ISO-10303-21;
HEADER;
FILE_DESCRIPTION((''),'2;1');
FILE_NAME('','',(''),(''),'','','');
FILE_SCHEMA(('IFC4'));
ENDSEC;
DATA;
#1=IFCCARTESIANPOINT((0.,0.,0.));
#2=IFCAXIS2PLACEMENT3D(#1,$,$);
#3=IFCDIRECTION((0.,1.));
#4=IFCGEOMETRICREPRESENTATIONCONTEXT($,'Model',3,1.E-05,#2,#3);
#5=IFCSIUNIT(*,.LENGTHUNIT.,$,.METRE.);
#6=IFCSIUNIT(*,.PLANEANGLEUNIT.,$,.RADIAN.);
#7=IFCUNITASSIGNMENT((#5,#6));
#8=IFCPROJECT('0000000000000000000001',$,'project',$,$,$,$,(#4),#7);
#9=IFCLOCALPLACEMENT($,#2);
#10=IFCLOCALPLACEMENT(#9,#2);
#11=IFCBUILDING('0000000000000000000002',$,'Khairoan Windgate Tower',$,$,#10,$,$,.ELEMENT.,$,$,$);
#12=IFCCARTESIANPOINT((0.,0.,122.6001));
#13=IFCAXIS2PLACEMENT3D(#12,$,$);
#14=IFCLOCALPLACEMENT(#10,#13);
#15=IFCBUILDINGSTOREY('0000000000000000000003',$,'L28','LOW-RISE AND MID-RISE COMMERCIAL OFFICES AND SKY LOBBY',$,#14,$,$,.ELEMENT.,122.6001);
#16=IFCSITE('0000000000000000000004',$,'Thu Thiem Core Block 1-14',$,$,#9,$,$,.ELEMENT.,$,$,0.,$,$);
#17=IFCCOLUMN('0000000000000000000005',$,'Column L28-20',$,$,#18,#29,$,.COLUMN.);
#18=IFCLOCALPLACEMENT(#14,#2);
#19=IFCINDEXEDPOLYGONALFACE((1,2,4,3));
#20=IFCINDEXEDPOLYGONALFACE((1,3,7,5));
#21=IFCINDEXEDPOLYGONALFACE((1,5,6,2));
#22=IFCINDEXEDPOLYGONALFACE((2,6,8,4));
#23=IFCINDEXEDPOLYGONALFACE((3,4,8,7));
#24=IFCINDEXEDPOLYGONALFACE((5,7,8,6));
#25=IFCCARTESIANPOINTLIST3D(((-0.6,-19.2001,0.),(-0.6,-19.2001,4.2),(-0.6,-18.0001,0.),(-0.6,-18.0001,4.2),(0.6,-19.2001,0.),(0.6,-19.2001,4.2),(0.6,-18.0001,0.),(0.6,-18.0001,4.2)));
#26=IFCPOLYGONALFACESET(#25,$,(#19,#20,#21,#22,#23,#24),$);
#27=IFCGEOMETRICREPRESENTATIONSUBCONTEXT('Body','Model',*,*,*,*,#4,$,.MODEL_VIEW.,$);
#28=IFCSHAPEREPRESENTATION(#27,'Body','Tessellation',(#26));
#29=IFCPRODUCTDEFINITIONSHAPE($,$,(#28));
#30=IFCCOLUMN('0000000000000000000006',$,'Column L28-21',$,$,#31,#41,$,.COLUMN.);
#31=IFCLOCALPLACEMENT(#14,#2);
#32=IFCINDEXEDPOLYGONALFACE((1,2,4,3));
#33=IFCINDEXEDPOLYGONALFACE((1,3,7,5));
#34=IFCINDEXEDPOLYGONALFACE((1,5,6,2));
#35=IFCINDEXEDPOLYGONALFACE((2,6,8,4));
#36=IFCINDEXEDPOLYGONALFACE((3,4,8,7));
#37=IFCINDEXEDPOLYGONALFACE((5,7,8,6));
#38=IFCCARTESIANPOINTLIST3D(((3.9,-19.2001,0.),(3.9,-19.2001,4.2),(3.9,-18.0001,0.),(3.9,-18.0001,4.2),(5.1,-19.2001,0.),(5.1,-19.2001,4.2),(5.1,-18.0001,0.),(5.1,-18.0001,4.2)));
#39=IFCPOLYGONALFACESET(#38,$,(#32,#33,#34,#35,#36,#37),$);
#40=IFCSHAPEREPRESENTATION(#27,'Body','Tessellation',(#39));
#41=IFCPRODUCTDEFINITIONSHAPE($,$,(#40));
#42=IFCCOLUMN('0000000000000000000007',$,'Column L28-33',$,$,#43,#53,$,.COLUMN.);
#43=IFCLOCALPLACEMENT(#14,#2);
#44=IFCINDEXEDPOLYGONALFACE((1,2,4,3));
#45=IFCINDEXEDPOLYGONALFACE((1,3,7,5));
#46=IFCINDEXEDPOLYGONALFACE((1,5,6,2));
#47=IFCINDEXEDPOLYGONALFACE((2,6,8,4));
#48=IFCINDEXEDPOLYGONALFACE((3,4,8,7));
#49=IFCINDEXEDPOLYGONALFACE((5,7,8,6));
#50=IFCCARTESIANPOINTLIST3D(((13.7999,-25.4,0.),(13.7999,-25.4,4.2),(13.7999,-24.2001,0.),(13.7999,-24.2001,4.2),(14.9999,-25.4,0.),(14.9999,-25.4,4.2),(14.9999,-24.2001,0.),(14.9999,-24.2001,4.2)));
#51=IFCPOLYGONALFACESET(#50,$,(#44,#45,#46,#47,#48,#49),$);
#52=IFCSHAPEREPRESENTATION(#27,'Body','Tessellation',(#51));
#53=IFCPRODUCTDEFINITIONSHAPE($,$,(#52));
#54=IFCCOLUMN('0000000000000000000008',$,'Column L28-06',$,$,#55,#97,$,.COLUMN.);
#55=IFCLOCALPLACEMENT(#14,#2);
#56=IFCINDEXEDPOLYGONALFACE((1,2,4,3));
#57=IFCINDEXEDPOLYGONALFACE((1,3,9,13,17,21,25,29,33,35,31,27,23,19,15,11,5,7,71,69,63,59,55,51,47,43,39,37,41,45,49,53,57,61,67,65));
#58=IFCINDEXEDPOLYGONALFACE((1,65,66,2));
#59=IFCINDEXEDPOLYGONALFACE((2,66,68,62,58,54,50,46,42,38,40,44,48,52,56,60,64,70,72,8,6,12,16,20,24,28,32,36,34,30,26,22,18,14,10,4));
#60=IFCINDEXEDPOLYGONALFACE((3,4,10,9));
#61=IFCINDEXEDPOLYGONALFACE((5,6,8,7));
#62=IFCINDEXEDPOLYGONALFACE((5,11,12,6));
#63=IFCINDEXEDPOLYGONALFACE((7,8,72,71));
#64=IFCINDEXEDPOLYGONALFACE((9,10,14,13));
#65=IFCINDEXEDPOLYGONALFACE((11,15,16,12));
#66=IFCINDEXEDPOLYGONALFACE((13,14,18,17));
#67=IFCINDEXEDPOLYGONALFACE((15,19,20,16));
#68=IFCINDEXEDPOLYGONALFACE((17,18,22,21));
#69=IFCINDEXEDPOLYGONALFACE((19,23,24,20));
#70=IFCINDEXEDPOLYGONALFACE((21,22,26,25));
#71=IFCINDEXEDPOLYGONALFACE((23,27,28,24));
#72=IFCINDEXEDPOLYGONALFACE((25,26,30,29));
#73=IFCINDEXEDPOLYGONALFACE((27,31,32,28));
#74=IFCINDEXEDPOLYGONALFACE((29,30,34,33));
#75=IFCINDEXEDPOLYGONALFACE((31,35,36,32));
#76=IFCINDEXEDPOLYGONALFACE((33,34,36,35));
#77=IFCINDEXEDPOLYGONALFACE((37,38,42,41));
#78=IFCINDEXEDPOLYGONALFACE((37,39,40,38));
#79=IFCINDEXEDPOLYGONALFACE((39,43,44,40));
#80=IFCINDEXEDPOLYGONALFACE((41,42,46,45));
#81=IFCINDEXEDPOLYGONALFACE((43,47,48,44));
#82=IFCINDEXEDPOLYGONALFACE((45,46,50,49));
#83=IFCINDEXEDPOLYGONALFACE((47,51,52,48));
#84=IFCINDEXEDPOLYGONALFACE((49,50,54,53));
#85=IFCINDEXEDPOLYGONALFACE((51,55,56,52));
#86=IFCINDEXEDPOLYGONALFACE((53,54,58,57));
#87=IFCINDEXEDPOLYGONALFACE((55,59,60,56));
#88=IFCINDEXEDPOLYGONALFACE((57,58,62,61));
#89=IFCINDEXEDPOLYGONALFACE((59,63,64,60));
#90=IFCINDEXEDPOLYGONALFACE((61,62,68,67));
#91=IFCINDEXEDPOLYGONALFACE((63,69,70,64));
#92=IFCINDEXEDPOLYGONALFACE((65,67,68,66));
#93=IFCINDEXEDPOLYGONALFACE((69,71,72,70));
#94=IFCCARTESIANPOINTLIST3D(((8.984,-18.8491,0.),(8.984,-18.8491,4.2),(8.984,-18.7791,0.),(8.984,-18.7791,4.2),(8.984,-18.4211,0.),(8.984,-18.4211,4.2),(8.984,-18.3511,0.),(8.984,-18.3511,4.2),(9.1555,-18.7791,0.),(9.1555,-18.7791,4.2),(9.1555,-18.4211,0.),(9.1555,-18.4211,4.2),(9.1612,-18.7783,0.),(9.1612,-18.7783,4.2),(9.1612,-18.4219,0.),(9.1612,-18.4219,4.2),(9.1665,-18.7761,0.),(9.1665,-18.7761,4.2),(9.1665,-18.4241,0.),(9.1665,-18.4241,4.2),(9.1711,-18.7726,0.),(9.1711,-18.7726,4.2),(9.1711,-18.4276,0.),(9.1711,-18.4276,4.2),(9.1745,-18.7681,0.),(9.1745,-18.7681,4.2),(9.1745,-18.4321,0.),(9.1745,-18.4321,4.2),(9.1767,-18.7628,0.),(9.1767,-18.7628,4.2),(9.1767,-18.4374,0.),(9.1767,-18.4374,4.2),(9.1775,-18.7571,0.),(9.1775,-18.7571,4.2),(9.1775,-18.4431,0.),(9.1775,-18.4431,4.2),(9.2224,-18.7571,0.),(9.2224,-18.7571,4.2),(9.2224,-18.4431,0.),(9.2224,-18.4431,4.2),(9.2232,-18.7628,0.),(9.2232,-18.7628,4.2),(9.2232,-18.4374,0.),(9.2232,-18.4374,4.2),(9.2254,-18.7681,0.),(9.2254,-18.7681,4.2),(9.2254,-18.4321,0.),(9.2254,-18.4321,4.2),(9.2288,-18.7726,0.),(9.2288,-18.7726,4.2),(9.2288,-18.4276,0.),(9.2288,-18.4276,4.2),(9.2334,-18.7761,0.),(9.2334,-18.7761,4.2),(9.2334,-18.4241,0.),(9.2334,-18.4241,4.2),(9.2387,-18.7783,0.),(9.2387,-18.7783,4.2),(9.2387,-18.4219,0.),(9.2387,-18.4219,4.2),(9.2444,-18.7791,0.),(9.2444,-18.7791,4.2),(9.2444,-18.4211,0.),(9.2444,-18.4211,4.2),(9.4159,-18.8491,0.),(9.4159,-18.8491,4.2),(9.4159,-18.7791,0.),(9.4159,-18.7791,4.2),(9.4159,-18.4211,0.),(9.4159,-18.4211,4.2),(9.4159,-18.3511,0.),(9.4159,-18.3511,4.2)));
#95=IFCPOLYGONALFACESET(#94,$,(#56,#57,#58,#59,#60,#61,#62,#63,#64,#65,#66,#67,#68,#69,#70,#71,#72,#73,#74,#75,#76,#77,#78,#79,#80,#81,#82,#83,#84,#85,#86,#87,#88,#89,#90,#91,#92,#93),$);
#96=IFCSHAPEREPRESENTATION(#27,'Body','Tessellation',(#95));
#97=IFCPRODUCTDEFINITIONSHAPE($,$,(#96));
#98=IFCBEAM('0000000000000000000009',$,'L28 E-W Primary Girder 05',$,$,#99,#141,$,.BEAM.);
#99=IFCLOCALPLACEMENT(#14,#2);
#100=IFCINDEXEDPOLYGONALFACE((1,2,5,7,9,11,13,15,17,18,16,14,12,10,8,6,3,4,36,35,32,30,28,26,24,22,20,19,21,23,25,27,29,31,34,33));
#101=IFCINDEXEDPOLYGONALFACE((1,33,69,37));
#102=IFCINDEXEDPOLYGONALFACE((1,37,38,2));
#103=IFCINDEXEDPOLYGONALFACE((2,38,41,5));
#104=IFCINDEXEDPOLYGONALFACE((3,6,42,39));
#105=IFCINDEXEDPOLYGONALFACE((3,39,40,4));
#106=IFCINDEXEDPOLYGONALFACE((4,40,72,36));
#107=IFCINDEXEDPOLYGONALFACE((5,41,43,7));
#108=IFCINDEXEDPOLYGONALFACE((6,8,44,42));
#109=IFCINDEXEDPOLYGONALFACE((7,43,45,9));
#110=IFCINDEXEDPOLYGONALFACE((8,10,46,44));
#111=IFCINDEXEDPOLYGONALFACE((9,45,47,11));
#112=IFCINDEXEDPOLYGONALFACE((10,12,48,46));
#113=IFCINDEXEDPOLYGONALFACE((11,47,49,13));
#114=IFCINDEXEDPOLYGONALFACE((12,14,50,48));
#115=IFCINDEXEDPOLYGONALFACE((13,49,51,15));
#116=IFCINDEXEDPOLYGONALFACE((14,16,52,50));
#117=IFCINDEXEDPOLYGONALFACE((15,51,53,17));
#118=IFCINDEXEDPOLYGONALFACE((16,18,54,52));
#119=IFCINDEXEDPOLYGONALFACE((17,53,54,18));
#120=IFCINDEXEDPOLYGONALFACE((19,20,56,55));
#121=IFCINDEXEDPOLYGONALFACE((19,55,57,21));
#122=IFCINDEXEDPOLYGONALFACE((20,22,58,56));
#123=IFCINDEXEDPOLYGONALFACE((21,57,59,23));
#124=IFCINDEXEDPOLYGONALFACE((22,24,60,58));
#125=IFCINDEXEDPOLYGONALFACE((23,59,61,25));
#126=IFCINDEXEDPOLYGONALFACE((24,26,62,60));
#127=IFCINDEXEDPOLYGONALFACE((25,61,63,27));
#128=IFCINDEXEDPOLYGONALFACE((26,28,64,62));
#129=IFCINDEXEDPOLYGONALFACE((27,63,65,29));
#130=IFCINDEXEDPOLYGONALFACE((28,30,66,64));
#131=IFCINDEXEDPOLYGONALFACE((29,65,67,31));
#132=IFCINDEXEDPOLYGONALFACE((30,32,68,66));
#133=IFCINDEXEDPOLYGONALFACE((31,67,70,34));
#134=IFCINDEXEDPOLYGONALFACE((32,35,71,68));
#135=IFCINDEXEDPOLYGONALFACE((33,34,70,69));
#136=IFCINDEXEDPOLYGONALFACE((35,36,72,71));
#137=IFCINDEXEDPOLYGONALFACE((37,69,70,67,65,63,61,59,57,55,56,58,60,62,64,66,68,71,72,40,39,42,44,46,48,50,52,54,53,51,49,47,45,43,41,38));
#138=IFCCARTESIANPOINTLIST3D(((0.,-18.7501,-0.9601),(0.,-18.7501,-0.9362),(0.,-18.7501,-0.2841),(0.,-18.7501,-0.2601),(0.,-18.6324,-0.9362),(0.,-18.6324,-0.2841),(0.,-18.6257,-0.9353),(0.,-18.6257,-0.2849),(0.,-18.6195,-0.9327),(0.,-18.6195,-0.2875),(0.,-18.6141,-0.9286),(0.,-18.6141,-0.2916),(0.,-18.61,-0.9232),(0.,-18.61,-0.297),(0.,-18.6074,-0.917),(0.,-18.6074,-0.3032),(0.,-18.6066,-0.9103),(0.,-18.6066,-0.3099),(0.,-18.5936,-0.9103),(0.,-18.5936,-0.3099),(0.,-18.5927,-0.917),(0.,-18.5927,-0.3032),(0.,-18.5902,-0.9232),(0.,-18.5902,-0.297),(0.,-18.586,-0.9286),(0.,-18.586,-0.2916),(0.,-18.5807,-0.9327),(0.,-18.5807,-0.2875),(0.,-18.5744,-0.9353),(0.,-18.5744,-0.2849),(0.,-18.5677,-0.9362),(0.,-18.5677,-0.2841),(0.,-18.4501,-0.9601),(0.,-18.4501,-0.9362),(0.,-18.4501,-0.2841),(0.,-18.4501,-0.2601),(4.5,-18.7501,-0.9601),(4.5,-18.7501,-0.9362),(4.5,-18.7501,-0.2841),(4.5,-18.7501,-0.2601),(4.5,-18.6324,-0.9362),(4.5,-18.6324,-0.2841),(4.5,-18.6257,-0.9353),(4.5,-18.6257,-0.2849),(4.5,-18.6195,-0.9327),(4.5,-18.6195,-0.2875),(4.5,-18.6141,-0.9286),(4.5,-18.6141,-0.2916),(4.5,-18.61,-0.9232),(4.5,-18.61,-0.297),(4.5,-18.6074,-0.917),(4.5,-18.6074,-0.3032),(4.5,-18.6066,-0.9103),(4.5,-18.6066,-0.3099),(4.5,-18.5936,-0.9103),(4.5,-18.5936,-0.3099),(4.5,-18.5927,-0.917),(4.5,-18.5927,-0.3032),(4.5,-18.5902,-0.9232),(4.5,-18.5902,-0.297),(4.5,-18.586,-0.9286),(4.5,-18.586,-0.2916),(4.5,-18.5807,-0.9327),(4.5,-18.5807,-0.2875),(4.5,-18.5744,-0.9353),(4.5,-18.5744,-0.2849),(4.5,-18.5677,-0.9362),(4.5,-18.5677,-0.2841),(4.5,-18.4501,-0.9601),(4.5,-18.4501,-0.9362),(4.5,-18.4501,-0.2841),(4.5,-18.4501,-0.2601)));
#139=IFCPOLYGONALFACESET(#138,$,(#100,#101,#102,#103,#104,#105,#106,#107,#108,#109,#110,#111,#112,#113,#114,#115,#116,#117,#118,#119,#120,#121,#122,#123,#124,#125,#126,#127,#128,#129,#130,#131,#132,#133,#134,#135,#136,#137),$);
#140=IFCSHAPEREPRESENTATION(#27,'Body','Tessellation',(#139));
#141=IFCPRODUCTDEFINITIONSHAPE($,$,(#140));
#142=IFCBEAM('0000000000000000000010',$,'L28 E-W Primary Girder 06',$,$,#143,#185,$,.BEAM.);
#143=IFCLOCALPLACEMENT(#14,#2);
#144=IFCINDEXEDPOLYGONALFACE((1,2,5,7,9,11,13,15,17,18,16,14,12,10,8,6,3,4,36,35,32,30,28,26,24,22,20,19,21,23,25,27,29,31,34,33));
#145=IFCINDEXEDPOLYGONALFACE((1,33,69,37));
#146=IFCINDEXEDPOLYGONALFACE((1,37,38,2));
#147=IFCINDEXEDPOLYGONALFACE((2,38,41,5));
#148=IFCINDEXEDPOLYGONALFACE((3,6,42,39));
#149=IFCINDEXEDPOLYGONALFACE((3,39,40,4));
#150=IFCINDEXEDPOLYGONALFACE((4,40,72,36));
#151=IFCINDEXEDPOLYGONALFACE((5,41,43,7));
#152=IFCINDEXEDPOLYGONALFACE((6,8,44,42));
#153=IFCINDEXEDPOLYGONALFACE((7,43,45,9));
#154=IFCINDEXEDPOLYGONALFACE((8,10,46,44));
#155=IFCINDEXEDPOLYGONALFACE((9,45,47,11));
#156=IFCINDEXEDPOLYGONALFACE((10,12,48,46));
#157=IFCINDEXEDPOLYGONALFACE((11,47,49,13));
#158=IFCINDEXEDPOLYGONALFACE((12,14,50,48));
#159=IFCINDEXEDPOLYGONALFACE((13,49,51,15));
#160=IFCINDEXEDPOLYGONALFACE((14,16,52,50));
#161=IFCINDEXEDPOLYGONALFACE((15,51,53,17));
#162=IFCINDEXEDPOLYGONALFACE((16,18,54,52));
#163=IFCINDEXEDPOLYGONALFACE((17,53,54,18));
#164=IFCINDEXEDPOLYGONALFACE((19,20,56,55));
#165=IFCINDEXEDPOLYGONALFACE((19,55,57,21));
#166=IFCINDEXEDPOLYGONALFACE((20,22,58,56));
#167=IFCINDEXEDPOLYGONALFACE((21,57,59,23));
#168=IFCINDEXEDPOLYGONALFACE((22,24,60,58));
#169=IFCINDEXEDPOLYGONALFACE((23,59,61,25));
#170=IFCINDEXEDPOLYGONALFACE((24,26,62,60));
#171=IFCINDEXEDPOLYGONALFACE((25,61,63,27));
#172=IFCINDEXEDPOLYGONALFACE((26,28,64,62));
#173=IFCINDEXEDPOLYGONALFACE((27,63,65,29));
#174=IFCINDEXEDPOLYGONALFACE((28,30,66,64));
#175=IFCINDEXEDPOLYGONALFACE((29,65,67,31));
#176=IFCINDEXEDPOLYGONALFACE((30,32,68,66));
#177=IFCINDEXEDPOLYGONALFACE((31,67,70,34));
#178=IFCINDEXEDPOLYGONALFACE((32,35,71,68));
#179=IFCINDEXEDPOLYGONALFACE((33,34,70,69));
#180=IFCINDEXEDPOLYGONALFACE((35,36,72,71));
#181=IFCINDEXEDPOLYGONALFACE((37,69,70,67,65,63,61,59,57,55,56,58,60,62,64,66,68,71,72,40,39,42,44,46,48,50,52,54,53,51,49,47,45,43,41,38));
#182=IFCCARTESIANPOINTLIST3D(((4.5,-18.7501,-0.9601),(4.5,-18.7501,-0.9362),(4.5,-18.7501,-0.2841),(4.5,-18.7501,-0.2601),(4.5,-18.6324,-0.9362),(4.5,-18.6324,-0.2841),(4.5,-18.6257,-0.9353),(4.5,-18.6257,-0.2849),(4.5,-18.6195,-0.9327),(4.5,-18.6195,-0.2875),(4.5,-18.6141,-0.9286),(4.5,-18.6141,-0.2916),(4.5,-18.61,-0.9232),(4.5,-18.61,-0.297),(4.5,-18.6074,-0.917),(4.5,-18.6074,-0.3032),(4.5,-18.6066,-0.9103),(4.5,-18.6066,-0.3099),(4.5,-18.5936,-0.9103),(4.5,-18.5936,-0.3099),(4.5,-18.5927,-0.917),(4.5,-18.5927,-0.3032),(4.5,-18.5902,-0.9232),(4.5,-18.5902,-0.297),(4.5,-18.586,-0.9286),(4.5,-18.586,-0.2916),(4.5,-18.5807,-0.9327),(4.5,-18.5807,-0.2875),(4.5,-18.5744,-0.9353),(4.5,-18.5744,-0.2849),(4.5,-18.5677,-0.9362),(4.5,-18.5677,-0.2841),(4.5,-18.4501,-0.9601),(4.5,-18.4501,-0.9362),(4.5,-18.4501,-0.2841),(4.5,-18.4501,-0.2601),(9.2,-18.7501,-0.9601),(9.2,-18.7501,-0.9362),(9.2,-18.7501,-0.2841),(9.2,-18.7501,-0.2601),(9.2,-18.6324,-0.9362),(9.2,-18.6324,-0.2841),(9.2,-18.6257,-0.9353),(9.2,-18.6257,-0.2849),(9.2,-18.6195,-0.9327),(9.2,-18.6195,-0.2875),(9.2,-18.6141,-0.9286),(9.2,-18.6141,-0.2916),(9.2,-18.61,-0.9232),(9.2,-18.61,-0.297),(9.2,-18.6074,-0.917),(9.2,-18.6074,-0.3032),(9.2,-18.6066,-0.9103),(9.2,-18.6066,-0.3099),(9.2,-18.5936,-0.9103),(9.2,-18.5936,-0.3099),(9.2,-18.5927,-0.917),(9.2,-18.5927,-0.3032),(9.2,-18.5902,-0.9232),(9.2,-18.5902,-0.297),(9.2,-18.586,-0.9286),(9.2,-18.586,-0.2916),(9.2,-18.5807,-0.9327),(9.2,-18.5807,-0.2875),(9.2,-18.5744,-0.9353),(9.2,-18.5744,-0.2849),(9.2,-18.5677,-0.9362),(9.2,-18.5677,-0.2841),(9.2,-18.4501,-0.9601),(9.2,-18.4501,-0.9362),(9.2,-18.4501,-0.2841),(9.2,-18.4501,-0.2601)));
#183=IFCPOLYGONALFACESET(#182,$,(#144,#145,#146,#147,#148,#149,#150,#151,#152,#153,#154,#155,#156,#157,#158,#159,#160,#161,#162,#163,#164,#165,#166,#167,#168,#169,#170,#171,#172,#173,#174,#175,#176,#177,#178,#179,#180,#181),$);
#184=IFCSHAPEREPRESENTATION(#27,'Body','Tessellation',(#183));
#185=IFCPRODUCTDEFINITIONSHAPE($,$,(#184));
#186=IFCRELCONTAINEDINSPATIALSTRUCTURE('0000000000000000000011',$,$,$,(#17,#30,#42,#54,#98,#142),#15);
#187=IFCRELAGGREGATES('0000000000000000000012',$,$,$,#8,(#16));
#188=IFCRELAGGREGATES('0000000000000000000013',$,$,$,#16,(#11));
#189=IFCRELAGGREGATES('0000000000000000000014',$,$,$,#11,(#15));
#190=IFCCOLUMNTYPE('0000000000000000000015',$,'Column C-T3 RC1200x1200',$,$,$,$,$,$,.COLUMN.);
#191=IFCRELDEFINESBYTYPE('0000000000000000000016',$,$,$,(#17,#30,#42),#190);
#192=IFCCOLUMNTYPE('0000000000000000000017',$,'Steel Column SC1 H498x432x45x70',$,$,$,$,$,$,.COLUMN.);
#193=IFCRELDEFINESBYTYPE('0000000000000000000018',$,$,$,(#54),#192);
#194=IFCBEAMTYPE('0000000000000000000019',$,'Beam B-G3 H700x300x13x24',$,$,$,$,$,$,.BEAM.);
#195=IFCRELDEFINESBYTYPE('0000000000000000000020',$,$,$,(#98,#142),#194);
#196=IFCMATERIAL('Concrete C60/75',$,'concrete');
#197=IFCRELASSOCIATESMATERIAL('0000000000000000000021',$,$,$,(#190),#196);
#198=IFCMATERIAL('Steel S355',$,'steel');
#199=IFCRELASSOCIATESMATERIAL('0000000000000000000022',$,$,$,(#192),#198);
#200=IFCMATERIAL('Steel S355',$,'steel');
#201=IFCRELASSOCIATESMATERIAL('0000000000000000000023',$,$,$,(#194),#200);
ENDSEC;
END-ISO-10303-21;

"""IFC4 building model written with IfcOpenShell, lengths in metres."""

from ifc_helpers import new_model, si_unit, direction, frame, origin, origin_2d, place, context, subcontext, project, spatial, rectangle, i_section, extrude, material, material_profile, profile_set, type_object, element, save


model = new_model("IFC4")

# Units and contexts
model_context = context("Model", 3, precision=1e-05, world=origin(), true_north=direction((0.0, 1.0)))
body_context = subcontext(model_context, "Body", "Model", "MODEL_VIEW")
ifc_project = project(units=[si_unit("LENGTHUNIT", "METRE"), si_unit("PLANEANGLEUNIT", "RADIAN")], contexts=[model_context])

# Site, building, storey
site_placement = place(None, origin())
site = spatial("IfcSite", under=ifc_project, at=site_placement, Name="Thu Thiem Core Block 1-14", CompositionType="ELEMENT", RefElevation=0.0)
building_placement = place(site_placement, origin())
building = spatial("IfcBuilding", under=site, at=building_placement, Name="Khairoan Windgate Tower", CompositionType="ELEMENT")
storey_placement = place(building_placement, frame((0.0, 0.0, 122.6001)))
storey = spatial("IfcBuildingStorey", under=building, at=storey_placement, Name="L28", Description="LOW-RISE AND MID-RISE COMMERCIAL OFFICES AND SKY LOBBY", CompositionType="ELEMENT", Elevation=122.6001)

# Columns
ifc_material_1 = material(Name="Concrete C60/75", Category="concrete")
ifc_material_profile_1 = material_profile(ifc_material_1, rectangle(XDim=1.2, YDim=1.2, at=origin_2d()))
ifc_profile_set_1 = profile_set([ifc_material_profile_1], Name="Concrete C60/75")
column_type_1 = type_object("IfcColumnType", Name="Column C-T3 RC1200x1200", PredefinedType="COLUMN", material=ifc_profile_set_1)
for number, where, z_axis, x_axis, name in (
    (1, (0.0, -18.6001, 0.0), (0.0, 0.0, 1.0), (1.0, 0.0, 0.0), "Column L28-20"),
    (2, (4.5, -18.6001, 0.0), (0.0, 0.0, 1.0), (1.0, 0.0, 0.0), "Column L28-21"),
    (3, (14.3999, -24.8, 0.0), (0.0, 0.0, 1.0), (1.0, 0.0, 0.0), "Column L28-33"),
):
    element("IfcColumn", number, at=place(storey_placement, frame(where, z_axis=z_axis, x_axis=x_axis)), inside=storey, type_object=column_type_1, Name=name, PredefinedType="COLUMN", context=body_context, shape_type="SweptSolid", body=[
        extrude(rectangle(XDim=1.2, YDim=1.2, at=origin_2d()), origin(), (0.0, 0.0, 1.0), 4.2),
    ])
ifc_material_2 = material(Name="Steel S355", Category="steel")
ifc_material_profile_2 = material_profile(ifc_material_2, i_section(OverallWidth=0.4319, OverallDepth=0.498, WebThickness=0.0449, FlangeThickness=0.0701, FilletRadius=0.022, at=origin_2d()))
ifc_profile_set_2 = profile_set([ifc_material_profile_2], Name="Steel S355")
column_type_2 = type_object("IfcColumnType", Name="Steel Column SC1 H498x432x45x70", PredefinedType="COLUMN", material=ifc_profile_set_2)
column_placement = place(storey_placement, frame((9.2, -18.6001, 0.0), z_axis=(0.0, 0.0, 1.0), x_axis=(1.0, 0.0, 0.0)))
element("IfcColumn", 4, at=column_placement, inside=storey, type_object=column_type_2, Name="Column L28-06", PredefinedType="COLUMN", context=body_context, shape_type="SweptSolid", body=[
    extrude(i_section(OverallWidth=0.4319, OverallDepth=0.498, WebThickness=0.0449, FlangeThickness=0.0701, FilletRadius=0.022, at=origin_2d()), origin(), (0.0, 0.0, 1.0), 4.2),
])

# Beams
ifc_material_3 = material(Name="Steel S355", Category="steel")
ifc_material_profile_3 = material_profile(ifc_material_3, i_section(OverallWidth=0.3, OverallDepth=0.7, WebThickness=0.0129, FlangeThickness=0.0239, FilletRadius=0.0259, at=origin_2d()))
ifc_profile_set_3 = profile_set([ifc_material_profile_3], Name="Steel S355")
beam_type = type_object("IfcBeamType", Name="Beam B-G3 H700x300x13x24", PredefinedType="BEAM", material=ifc_profile_set_3)
beam_1_placement = place(storey_placement, frame((0.0, -18.6001, -0.6101), z_axis=(1.0, 0.0, 0.0), x_axis=(0.0, 1.0, 0.0)))
element("IfcBeam", 5, at=beam_1_placement, inside=storey, type_object=beam_type, Name="L28 E-W Primary Girder 05", PredefinedType="BEAM", context=body_context, shape_type="SweptSolid", body=[
    extrude(i_section(OverallWidth=0.3, OverallDepth=0.7, WebThickness=0.0129, FlangeThickness=0.0239, FilletRadius=0.0259, at=origin_2d()), origin(), (0.0, 0.0, 1.0), 4.5),
])
beam_2_placement = place(storey_placement, frame((4.5, -18.6001, -0.6101), z_axis=(1.0, 0.0, 0.0), x_axis=(0.0, 1.0, 0.0)))
element("IfcBeam", 6, at=beam_2_placement, inside=storey, type_object=beam_type, Name="L28 E-W Primary Girder 06", PredefinedType="BEAM", context=body_context, shape_type="SweptSolid", body=[
    extrude(i_section(OverallWidth=0.3, OverallDepth=0.7, WebThickness=0.0129, FlangeThickness=0.0239, FilletRadius=0.0259, at=origin_2d()), origin(), (0.0, 0.0, 1.0), 4.7),
])

save(model, "model.ifc")
